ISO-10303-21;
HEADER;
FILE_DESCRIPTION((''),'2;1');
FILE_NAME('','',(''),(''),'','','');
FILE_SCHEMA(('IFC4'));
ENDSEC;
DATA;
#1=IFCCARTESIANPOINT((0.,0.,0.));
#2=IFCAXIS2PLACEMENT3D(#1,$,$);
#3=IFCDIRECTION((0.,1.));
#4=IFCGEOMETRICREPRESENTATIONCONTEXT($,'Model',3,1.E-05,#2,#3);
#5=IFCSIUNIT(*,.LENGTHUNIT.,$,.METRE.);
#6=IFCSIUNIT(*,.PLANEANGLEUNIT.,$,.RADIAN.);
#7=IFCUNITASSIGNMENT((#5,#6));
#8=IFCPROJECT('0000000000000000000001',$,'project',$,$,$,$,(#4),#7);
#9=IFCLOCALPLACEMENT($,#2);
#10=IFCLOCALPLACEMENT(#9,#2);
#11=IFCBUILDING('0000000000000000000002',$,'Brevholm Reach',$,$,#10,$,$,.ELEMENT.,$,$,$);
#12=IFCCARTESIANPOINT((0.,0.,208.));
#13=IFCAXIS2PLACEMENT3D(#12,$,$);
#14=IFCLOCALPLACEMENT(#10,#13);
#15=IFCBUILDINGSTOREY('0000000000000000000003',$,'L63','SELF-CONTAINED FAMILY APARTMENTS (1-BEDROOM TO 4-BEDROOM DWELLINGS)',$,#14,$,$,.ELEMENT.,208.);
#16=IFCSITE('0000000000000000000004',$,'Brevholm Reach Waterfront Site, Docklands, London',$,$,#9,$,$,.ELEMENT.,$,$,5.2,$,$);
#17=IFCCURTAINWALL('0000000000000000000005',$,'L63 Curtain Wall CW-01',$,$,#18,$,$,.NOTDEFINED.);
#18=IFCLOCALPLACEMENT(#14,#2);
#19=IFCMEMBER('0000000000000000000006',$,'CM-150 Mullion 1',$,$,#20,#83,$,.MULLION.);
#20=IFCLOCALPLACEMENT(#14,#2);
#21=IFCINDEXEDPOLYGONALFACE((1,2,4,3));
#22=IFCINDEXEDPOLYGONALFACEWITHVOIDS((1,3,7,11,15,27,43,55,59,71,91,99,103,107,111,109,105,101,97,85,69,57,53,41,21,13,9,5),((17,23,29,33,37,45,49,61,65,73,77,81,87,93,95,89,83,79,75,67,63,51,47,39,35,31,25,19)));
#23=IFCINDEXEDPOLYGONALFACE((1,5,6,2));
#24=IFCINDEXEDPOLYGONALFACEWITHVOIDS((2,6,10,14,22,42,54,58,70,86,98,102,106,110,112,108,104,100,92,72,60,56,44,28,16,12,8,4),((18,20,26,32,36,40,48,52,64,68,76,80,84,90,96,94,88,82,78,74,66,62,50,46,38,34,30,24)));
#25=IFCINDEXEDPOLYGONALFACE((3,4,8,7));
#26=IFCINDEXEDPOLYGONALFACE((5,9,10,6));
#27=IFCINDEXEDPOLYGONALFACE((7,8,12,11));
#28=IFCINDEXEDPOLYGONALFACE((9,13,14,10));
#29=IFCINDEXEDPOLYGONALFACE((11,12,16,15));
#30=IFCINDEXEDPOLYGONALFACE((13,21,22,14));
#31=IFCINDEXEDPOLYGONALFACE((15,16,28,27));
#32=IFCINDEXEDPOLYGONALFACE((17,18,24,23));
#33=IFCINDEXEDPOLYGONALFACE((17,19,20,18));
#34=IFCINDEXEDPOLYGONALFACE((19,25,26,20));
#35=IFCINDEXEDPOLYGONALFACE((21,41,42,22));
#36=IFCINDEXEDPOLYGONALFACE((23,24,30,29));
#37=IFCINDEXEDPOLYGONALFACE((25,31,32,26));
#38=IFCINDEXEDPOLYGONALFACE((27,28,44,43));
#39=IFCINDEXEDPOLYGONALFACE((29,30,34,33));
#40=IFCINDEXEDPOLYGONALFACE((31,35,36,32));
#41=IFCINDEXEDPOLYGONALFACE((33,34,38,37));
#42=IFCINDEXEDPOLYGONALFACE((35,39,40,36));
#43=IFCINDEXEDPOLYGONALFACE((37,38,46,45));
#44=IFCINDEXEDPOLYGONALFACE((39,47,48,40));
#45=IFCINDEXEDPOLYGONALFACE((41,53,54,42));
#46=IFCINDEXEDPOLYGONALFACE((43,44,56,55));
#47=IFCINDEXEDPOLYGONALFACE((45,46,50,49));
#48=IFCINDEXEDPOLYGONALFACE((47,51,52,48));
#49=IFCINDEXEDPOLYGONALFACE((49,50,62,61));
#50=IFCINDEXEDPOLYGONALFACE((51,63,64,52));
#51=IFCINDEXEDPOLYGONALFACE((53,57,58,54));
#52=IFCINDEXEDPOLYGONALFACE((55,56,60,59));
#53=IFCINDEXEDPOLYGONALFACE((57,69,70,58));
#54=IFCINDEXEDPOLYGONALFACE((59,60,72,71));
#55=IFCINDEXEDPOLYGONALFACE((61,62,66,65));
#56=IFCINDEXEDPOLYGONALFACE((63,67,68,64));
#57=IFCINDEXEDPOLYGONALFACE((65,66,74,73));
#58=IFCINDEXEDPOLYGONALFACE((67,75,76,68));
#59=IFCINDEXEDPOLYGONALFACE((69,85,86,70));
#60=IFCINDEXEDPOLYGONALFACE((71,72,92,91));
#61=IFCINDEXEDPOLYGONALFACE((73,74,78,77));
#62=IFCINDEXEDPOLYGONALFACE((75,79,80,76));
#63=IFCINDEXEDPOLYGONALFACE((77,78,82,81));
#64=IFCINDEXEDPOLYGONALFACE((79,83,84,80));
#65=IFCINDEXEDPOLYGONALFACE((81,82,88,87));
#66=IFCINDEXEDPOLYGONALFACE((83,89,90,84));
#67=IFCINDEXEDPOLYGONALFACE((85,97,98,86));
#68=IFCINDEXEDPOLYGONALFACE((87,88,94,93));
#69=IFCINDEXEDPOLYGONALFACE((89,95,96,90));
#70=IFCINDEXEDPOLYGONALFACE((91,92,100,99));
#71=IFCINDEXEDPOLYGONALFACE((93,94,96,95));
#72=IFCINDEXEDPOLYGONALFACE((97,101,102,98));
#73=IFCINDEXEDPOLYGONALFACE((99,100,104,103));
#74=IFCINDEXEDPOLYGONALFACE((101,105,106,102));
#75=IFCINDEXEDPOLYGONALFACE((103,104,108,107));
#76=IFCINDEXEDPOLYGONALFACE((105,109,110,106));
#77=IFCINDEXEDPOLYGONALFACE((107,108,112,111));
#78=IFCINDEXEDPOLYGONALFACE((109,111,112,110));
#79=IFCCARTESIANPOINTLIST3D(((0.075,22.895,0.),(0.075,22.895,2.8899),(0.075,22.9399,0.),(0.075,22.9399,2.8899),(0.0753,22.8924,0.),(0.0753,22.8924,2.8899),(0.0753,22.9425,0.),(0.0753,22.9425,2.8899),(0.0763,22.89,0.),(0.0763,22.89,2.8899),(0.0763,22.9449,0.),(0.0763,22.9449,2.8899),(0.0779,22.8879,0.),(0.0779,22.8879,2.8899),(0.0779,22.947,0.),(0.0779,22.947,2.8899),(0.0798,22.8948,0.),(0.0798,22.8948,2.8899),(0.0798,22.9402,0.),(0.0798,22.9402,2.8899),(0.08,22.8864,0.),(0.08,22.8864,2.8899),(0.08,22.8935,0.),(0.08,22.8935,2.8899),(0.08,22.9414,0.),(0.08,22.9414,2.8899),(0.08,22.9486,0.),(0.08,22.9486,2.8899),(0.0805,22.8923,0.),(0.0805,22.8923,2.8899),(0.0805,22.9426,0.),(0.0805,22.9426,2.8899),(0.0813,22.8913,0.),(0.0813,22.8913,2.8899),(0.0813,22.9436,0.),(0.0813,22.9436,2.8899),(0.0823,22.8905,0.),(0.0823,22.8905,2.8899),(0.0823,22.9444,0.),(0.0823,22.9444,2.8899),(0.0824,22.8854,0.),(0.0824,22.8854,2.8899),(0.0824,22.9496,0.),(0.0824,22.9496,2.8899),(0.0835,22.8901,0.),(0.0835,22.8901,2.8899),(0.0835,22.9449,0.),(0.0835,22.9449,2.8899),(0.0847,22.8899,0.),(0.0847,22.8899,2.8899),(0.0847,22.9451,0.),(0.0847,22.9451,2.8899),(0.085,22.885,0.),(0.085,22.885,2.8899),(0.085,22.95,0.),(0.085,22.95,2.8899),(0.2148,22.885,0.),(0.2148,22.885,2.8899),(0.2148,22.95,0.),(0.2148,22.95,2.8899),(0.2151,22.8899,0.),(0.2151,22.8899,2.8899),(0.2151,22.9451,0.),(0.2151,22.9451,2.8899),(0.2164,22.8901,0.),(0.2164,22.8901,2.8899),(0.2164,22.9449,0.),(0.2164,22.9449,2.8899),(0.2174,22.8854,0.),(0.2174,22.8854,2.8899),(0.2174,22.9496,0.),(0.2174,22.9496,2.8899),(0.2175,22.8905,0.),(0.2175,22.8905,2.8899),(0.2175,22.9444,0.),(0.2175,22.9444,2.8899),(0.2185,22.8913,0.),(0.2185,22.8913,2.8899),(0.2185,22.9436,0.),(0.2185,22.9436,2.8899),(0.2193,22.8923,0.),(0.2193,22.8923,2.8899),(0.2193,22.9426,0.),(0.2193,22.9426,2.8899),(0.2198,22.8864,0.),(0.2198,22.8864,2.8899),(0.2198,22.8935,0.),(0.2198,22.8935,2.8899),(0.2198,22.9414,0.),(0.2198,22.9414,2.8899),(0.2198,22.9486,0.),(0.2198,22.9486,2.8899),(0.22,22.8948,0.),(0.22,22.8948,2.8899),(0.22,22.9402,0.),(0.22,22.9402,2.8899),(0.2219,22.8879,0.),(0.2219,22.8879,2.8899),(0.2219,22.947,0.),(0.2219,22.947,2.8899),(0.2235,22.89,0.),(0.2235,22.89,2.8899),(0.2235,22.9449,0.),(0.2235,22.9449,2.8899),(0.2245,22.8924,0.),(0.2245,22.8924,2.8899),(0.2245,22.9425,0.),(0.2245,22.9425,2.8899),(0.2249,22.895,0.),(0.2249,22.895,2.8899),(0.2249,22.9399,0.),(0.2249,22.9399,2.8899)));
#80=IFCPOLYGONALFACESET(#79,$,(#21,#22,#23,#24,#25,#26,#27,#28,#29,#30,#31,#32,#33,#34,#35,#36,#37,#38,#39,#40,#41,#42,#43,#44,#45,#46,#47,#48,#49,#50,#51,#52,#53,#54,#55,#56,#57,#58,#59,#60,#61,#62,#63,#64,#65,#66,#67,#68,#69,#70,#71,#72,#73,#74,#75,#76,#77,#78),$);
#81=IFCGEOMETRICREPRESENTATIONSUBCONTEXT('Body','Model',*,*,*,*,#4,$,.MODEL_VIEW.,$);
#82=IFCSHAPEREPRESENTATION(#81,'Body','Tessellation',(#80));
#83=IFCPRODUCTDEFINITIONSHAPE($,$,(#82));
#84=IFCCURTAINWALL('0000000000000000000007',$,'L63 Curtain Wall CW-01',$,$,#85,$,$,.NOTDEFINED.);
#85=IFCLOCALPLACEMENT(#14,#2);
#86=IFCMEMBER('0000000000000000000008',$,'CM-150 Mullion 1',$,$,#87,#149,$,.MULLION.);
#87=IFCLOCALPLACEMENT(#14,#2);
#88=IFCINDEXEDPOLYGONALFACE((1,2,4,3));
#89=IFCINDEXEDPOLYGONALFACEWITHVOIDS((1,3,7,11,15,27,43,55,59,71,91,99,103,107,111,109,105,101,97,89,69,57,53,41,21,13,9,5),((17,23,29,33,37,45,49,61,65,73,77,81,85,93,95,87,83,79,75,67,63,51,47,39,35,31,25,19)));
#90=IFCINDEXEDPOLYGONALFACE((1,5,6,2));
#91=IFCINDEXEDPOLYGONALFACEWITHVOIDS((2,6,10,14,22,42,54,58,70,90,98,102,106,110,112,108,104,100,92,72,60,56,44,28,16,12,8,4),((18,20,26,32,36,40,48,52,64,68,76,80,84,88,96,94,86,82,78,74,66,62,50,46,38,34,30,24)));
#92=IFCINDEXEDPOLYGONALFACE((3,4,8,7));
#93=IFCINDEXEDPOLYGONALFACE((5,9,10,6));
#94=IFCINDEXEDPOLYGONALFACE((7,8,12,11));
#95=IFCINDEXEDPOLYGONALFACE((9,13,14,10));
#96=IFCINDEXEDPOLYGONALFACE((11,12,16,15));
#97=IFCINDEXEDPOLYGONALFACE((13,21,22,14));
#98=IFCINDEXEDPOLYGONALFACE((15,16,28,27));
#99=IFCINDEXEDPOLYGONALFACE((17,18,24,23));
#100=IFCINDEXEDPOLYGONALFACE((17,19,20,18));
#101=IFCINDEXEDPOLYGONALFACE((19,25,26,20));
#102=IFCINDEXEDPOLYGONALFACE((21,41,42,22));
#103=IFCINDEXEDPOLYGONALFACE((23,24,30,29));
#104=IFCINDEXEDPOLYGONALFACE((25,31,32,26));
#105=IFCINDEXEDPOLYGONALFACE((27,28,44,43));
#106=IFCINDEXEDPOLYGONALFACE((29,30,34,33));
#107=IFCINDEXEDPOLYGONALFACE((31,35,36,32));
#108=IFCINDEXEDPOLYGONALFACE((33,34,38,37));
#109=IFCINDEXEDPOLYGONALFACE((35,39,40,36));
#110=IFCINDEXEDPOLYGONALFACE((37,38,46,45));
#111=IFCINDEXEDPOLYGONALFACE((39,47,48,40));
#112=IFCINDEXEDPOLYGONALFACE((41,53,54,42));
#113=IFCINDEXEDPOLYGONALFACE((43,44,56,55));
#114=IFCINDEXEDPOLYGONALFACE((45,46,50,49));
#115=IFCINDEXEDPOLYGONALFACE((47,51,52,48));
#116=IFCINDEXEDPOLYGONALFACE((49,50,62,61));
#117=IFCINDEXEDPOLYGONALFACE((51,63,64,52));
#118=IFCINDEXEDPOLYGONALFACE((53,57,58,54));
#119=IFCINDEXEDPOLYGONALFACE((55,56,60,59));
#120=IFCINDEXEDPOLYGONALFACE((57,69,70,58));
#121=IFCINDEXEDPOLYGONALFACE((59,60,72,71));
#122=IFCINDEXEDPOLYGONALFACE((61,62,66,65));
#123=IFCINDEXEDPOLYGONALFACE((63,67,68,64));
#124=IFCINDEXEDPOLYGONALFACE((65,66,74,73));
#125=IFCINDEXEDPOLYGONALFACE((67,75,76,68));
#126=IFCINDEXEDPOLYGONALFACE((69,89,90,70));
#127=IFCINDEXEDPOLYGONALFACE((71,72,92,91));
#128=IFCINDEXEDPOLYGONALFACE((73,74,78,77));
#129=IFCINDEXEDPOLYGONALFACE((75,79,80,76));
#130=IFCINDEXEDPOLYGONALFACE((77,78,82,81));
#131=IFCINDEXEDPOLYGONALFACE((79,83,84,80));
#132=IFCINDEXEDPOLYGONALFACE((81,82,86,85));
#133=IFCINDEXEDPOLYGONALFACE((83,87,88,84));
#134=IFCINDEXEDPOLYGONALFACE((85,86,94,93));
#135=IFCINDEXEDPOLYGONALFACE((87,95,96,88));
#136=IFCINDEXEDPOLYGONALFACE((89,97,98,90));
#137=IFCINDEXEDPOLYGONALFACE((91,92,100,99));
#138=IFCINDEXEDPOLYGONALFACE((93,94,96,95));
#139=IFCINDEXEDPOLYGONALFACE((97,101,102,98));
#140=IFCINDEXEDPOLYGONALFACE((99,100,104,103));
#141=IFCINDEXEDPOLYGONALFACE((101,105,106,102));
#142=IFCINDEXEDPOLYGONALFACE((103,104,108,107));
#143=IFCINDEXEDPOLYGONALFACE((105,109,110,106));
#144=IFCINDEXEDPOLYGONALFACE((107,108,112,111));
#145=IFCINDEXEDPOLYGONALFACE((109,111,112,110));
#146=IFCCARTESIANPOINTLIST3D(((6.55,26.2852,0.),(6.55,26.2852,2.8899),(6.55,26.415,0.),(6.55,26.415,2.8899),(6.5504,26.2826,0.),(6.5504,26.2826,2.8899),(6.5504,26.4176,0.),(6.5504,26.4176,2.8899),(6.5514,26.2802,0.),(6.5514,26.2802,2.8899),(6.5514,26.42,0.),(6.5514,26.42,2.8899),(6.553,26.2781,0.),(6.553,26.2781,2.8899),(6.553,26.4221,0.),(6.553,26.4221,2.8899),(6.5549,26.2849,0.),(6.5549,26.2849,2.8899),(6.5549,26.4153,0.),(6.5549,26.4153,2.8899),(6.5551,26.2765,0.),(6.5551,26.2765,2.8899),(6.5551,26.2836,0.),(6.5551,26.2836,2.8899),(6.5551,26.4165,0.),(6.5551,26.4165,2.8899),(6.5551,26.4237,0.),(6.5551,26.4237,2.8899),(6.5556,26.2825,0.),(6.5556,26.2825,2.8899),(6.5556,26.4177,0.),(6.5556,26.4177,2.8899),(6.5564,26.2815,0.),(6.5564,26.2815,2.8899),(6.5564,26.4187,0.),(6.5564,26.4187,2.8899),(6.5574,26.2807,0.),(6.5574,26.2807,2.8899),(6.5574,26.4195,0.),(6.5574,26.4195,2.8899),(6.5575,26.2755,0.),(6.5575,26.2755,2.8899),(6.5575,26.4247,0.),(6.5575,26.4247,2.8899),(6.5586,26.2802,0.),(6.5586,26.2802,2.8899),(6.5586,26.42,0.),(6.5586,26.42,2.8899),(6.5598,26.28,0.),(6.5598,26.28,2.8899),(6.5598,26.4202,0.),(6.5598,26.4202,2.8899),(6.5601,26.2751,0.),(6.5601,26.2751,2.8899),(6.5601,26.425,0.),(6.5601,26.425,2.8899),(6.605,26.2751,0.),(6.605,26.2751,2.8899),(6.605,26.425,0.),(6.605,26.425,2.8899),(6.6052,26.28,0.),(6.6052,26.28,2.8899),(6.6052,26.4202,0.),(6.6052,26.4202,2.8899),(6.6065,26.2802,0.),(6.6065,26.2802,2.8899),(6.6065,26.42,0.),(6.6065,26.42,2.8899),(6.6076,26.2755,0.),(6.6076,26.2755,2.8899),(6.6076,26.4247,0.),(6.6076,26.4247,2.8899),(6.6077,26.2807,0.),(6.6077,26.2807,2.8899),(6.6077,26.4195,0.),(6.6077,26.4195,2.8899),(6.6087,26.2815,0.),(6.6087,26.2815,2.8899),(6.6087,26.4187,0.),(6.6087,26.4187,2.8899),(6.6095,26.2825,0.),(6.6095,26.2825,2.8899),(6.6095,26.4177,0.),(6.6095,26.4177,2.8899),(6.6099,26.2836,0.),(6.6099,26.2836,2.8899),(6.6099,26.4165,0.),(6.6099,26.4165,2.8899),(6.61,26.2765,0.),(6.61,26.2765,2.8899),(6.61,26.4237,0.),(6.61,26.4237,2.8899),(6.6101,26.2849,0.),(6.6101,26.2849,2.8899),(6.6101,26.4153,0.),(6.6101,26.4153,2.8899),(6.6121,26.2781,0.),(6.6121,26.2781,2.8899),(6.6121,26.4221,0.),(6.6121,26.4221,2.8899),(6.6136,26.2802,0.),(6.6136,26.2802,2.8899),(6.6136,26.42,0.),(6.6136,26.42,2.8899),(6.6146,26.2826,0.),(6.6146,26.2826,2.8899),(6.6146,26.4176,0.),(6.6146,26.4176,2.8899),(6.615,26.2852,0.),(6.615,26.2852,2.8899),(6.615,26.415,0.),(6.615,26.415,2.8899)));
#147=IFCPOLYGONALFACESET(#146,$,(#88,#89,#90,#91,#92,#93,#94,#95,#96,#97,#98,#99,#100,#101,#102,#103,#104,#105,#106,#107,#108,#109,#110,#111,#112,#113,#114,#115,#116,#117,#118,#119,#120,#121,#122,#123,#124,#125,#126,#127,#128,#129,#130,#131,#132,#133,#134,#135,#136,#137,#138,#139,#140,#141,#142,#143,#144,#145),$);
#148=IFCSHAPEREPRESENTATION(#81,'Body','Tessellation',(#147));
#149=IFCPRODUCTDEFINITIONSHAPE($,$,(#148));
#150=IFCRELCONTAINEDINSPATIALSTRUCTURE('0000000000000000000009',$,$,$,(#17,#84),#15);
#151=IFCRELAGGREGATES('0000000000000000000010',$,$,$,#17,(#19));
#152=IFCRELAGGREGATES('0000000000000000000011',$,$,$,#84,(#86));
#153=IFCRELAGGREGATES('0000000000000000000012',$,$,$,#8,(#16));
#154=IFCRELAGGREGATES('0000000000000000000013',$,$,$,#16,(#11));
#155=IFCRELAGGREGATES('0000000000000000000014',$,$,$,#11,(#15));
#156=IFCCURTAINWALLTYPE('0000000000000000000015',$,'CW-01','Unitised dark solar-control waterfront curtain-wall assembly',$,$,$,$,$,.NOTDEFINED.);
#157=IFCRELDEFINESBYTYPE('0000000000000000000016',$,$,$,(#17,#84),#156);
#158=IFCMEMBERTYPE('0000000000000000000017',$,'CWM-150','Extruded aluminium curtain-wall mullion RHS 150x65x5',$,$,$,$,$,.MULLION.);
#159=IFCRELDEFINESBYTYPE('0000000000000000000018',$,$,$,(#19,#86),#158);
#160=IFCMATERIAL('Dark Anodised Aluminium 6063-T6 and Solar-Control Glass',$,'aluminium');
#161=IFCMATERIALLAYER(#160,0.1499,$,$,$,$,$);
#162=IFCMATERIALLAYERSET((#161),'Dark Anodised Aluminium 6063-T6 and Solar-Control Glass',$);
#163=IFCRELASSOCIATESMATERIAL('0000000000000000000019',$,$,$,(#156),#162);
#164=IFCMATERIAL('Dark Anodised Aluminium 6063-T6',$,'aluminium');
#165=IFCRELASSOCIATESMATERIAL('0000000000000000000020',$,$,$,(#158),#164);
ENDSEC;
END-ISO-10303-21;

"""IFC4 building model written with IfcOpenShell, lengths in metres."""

from ifc_helpers import new_model, si_unit, direction, frame, origin, origin_2d, place, context, subcontext, project, spatial, hollow_rectangle, extrude, material, layer, layer_set, material_profile, profile_set, type_object, element, aggregate, save


model = new_model("IFC4")

# Units and contexts
model_context = context("Model", 3, precision=1e-05, world=origin(), true_north=direction((0.0, 1.0)))
body_context = subcontext(model_context, "Body", "Model", "MODEL_VIEW")
ifc_project = project(units=[si_unit("LENGTHUNIT", "METRE"), si_unit("PLANEANGLEUNIT", "RADIAN")], contexts=[model_context])

# Site, building, storey
site_placement = place(None, origin())
site = spatial("IfcSite", under=ifc_project, at=site_placement, Name="Brevholm Reach Waterfront Site, Docklands, London", CompositionType="ELEMENT", RefElevation=5.2)
building_placement = place(site_placement, origin())
building = spatial("IfcBuilding", under=site, at=building_placement, Name="Brevholm Reach", CompositionType="ELEMENT")
storey_placement = place(building_placement, frame((0.0, 0.0, 208.0)))
storey = spatial("IfcBuildingStorey", under=building, at=storey_placement, Name="L63", Description="SELF-CONTAINED FAMILY APARTMENTS (1-BEDROOM TO 4-BEDROOM DWELLINGS)", CompositionType="ELEMENT", Elevation=208.0)

# Curtain wall, member
ifc_material_1 = material(Name="Dark Anodised Aluminium 6063-T6 and Solar-Control Glass", Category="aluminium")
ifc_layer_1 = layer(ifc_material_1, 0.1499)
ifc_layer_set_1 = layer_set([ifc_layer_1], Name="Dark Anodised Aluminium 6063-T6 and Solar-Control Glass")
curtain_wall_type = type_object("IfcCurtainWallType", Name="CW-01", Description="Unitised dark solar-control waterfront curtain-wall assembly", PredefinedType="NOTDEFINED", material=ifc_layer_set_1)
curtain_wall_1_placement = place(storey_placement, origin())
curtain_wall_1 = element("IfcCurtainWall", 1, at=curtain_wall_1_placement, inside=storey, type_object=curtain_wall_type, Name="L63 Curtain Wall CW-01", PredefinedType="NOTDEFINED")
ifc_material_2 = material(Name="Dark Anodised Aluminium 6063-T6", Category="aluminium")
ifc_material_profile_1 = material_profile(ifc_material_2, hollow_rectangle(XDim=0.0649, YDim=0.1499, WallThickness=0.0049, InnerFilletRadius=0.0049, OuterFilletRadius=0.01, at=origin_2d()), Name="RHS 150x65x5")
ifc_profile_set_1 = profile_set([ifc_material_profile_1], Name="Dark Anodised Aluminium 6063-T6")
member_type_1 = type_object("IfcMemberType", Name="CWM-150", Description="Extruded aluminium curtain-wall mullion RHS 150x65x5", PredefinedType="MULLION", material=ifc_profile_set_1)
member_1_placement = place(storey_placement, frame((0.1499, 22.9175, 0.0), z_axis=(0.0, 0.0, 1.0), x_axis=(0.0, -1.0, 0.0)))
member_1 = element("IfcMember", 2, at=member_1_placement, type_object=member_type_1, Name="CM-150 Mullion 1", PredefinedType="MULLION", context=body_context, shape_type="SweptSolid", body=[
    extrude(hollow_rectangle(XDim=0.0649, YDim=0.1499, WallThickness=0.0049, InnerFilletRadius=0.0049, OuterFilletRadius=0.01, at=origin_2d()), origin(), (0.0, 0.0, 1.0), 2.8899),
])

# Curtain wall, member
curtain_wall_2_placement = place(storey_placement, origin())
curtain_wall_2 = element("IfcCurtainWall", 3, at=curtain_wall_2_placement, inside=storey, type_object=curtain_wall_type, Name="L63 Curtain Wall CW-01", PredefinedType="NOTDEFINED")
member_2_placement = place(storey_placement, frame((6.5825, 26.3501, 0.0), z_axis=(0.0, 0.0, 1.0), x_axis=(1.0, 0.0, 0.0)))
member_2 = element("IfcMember", 4, at=member_2_placement, type_object=member_type_1, Name="CM-150 Mullion 1", PredefinedType="MULLION", context=body_context, shape_type="SweptSolid", body=[
    extrude(hollow_rectangle(XDim=0.0649, YDim=0.1499, WallThickness=0.0049, InnerFilletRadius=0.0049, OuterFilletRadius=0.01, at=origin_2d()), origin(), (0.0, 0.0, 1.0), 2.8899),
])

aggregate(curtain_wall_1, [member_1])
aggregate(curtain_wall_2, [member_2])

save(model, "model.ifc")
